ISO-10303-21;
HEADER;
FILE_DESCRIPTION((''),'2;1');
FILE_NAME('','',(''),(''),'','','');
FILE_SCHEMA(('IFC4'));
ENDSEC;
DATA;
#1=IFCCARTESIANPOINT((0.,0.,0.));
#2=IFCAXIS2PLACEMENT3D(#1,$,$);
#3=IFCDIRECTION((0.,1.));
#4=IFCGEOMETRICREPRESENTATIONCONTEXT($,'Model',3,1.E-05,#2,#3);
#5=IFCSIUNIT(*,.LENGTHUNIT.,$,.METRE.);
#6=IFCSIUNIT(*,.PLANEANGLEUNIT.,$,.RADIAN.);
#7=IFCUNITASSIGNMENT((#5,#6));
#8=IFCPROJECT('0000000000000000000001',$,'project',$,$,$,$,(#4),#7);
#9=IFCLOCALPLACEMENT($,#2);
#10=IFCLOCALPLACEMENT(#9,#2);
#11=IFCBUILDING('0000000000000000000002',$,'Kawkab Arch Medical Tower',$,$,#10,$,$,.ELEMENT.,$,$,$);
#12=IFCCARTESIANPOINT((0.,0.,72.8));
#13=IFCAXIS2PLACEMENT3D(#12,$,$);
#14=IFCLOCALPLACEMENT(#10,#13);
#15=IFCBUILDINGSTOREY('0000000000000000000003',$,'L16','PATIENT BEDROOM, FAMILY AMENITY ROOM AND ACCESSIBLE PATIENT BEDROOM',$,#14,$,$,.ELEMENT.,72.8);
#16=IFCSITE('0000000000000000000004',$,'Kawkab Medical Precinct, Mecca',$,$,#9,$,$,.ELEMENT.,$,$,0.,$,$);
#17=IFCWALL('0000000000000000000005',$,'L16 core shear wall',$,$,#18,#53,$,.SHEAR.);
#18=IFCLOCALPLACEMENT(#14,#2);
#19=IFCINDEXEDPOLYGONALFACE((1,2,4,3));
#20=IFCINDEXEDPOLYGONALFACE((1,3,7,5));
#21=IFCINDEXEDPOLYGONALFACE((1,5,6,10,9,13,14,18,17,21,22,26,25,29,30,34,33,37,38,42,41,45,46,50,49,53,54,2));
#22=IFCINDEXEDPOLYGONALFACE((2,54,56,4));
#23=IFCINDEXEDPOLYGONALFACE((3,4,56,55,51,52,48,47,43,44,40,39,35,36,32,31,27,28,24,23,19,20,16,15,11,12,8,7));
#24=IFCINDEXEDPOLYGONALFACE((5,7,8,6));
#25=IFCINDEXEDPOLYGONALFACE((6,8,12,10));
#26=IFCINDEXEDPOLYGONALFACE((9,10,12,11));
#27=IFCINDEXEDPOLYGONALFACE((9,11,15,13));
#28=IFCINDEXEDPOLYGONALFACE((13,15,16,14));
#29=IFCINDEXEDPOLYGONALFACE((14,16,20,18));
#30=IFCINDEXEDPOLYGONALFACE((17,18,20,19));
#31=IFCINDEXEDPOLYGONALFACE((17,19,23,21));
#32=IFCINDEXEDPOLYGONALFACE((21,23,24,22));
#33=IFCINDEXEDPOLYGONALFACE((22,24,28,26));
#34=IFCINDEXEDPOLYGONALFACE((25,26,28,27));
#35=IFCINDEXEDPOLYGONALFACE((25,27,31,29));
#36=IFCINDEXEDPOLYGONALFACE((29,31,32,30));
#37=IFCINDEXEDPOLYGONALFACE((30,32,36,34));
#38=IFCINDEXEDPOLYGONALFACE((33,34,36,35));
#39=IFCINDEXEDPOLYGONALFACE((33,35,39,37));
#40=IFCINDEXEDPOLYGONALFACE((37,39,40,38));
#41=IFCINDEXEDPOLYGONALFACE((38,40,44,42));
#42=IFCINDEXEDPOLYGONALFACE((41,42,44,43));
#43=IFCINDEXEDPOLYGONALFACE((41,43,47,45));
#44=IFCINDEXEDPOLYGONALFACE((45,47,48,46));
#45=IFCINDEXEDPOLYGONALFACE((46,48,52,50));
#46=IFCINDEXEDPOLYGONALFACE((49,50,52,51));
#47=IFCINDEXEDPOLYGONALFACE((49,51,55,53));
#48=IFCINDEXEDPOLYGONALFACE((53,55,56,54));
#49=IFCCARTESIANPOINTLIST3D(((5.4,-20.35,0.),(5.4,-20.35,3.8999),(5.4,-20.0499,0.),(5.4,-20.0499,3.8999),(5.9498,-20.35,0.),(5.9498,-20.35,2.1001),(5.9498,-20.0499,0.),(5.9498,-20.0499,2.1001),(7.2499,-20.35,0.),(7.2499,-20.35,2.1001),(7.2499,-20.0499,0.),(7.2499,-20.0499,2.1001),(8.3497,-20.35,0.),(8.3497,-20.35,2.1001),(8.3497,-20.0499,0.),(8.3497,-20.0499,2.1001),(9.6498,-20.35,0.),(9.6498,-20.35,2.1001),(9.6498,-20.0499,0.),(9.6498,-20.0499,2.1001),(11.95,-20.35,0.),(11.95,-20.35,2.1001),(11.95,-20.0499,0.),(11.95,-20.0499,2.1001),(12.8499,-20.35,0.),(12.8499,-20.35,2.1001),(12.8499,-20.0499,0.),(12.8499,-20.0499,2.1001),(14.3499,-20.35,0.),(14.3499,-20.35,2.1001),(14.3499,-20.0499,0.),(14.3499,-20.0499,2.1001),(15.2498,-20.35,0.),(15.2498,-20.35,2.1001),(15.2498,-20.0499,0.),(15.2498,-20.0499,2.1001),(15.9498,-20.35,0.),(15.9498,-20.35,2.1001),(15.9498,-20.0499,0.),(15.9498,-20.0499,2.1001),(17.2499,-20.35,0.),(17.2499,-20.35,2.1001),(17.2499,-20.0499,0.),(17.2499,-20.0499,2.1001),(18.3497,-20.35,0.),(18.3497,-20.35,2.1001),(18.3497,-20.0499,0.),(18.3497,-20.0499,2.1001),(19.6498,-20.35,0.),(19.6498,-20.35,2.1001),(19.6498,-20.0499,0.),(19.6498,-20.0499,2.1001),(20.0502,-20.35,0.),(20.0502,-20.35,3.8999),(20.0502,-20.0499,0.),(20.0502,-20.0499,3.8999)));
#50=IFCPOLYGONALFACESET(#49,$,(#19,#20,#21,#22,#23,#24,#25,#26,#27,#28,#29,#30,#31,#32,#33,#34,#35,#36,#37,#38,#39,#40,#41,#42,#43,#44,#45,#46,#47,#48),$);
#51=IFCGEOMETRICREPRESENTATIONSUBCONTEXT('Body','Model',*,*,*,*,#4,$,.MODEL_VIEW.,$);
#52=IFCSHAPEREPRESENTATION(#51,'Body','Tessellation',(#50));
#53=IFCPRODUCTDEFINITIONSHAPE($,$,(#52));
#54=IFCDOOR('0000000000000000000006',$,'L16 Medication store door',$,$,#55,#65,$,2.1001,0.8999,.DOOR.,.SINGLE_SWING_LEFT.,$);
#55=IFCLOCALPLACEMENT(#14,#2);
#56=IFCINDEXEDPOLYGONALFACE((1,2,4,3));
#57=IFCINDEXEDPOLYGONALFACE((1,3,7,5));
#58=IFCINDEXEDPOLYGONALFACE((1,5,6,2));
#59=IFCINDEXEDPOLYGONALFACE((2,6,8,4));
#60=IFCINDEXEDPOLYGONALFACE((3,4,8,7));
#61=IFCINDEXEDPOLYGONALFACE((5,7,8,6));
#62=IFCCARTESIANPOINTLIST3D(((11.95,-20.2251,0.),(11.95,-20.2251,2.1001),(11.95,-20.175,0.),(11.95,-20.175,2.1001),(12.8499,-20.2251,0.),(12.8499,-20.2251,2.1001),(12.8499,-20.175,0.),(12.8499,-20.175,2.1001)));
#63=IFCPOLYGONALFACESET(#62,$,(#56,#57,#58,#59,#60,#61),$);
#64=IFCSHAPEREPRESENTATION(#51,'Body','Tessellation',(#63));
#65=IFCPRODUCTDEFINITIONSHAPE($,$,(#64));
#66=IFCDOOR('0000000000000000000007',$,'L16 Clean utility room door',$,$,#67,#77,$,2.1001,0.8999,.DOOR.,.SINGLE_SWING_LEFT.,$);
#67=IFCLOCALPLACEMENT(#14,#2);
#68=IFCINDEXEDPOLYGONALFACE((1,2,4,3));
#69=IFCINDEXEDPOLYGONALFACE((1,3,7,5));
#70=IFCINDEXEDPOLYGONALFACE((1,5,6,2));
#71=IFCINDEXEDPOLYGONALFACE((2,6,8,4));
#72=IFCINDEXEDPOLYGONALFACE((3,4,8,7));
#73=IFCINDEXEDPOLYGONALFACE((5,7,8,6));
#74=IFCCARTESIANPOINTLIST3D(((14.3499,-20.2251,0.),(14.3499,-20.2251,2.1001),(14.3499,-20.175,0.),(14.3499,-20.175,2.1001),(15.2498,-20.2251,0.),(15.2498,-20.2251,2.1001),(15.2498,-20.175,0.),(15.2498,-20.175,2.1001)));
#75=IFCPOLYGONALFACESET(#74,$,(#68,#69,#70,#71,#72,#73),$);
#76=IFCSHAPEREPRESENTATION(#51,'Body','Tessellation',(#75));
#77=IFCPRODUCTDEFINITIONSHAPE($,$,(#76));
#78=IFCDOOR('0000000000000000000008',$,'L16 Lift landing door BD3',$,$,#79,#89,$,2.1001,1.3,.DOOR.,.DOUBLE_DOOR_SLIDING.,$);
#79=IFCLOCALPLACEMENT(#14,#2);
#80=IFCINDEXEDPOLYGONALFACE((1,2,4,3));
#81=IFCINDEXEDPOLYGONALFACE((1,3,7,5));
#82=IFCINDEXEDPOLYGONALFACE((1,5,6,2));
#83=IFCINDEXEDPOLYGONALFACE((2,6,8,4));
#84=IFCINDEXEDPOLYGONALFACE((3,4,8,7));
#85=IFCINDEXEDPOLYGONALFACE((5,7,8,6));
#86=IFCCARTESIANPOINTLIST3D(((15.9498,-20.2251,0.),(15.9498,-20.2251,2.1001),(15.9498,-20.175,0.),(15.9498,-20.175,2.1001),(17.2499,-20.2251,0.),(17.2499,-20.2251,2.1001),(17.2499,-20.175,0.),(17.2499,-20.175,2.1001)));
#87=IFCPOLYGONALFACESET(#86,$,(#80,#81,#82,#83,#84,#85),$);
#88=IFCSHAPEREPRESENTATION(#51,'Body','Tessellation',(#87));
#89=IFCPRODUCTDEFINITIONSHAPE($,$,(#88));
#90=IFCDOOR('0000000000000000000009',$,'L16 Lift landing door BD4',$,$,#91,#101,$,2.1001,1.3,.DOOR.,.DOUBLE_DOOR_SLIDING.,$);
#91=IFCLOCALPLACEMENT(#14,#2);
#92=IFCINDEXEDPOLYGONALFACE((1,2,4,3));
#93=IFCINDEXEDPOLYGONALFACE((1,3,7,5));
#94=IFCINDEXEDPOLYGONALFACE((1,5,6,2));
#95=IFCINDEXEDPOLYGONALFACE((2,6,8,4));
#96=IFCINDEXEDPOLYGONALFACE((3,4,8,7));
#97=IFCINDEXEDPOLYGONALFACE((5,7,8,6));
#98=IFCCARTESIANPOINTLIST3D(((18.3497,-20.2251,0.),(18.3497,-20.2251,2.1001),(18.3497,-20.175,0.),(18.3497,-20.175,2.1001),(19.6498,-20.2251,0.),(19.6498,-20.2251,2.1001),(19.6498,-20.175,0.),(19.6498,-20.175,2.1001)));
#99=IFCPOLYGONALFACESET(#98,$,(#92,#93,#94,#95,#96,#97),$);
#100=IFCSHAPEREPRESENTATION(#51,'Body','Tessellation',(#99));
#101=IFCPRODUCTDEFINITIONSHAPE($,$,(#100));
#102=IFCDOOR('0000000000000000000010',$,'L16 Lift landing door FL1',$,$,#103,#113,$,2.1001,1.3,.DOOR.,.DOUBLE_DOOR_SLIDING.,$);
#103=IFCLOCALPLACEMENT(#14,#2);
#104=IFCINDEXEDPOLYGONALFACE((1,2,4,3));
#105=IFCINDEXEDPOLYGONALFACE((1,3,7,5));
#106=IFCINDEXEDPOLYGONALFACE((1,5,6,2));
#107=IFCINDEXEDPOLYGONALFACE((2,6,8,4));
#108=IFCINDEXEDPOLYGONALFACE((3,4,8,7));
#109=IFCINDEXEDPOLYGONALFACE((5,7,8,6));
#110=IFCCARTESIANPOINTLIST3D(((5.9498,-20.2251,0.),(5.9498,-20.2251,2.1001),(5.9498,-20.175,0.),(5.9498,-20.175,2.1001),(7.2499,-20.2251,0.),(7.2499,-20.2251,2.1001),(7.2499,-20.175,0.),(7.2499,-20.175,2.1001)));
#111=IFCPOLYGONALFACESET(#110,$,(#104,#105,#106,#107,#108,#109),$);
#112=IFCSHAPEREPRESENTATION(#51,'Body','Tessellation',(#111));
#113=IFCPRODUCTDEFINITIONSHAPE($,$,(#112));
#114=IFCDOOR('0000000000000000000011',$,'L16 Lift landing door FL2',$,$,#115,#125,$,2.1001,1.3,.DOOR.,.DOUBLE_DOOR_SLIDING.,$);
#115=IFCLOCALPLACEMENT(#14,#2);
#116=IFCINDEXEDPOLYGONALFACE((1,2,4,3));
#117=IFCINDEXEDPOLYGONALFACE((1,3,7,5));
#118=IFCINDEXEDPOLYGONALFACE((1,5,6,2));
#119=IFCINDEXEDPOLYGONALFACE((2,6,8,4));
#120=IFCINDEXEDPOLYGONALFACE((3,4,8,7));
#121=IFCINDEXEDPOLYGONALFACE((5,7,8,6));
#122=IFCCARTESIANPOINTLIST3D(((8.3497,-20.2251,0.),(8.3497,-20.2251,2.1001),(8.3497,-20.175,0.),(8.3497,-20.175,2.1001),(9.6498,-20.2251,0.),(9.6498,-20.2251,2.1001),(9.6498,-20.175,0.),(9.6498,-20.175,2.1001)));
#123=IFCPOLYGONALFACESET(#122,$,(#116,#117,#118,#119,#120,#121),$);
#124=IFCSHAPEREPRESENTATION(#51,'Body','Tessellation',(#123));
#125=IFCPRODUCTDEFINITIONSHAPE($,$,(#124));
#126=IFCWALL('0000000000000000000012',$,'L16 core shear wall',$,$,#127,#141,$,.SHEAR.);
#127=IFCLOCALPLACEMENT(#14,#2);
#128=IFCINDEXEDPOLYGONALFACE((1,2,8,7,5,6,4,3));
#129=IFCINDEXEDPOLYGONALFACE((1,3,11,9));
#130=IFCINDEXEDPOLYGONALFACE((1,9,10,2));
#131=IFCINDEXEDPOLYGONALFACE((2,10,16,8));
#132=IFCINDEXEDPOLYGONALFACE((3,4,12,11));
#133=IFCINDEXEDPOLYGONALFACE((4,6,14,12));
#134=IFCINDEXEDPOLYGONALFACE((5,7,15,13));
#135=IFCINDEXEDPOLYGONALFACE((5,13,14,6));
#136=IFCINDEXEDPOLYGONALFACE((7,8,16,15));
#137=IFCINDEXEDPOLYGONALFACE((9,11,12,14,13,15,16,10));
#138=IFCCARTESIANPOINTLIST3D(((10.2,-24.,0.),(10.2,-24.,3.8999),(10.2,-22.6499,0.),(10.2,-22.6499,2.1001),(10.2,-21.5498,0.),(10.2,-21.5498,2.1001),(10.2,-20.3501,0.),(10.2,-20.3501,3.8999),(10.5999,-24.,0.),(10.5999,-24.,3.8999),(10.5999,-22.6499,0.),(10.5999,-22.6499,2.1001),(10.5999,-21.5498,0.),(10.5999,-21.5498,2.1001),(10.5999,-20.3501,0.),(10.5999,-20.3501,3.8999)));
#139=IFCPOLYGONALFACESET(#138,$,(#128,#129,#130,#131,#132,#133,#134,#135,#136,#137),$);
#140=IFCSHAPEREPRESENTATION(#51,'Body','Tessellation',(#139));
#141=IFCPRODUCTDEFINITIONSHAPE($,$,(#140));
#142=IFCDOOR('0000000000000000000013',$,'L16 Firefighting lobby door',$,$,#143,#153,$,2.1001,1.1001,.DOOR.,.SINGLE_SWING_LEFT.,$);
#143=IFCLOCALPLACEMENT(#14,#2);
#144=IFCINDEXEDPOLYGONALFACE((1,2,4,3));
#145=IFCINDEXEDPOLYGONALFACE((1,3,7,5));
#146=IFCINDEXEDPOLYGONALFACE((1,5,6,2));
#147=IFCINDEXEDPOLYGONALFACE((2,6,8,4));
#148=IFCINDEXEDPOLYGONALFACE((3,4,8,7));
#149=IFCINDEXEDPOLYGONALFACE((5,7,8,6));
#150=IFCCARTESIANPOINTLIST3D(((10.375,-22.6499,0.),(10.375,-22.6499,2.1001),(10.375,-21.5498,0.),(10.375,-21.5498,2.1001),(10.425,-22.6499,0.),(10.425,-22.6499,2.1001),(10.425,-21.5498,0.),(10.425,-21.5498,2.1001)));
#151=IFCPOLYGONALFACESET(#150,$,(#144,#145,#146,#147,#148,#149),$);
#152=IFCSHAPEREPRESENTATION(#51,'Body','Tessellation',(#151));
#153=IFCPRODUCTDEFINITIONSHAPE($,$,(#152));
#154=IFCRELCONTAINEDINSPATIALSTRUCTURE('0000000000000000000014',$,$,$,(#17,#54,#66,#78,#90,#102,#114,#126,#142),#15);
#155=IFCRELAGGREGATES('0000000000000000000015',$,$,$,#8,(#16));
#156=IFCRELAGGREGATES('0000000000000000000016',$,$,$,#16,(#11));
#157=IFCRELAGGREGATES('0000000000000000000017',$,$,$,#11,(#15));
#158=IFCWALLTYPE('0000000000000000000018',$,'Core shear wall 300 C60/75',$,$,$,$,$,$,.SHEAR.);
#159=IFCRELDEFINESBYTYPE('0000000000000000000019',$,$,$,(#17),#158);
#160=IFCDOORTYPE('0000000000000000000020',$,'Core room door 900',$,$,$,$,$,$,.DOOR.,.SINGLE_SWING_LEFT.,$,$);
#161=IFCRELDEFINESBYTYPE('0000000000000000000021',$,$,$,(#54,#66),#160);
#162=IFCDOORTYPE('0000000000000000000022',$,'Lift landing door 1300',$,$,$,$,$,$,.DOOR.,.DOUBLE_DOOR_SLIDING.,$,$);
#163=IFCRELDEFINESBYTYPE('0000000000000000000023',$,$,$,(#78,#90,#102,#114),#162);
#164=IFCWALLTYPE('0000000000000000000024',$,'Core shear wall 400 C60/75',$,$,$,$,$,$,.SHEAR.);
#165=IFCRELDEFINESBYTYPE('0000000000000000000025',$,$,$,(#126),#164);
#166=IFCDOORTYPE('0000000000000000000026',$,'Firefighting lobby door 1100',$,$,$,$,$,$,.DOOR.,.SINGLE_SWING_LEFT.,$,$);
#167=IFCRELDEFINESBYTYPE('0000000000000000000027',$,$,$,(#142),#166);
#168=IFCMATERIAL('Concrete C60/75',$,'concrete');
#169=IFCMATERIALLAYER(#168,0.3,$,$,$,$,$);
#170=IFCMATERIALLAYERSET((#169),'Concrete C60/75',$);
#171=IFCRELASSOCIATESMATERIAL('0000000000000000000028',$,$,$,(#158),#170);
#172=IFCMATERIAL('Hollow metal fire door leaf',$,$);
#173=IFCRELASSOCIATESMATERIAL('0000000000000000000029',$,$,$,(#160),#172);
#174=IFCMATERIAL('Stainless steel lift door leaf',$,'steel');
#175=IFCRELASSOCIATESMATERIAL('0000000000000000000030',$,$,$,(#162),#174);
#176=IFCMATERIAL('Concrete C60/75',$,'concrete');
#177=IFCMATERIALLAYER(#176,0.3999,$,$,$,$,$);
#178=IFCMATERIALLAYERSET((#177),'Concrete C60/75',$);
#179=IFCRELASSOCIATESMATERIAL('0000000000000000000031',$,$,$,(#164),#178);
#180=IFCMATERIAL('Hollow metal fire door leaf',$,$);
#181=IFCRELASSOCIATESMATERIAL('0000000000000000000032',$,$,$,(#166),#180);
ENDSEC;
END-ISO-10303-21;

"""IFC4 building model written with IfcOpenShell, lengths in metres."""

from ifc_helpers import new_model, si_unit, direction, frame, frame_2d, origin, place, context, subcontext, project, spatial, rectangle, extrude, material, layer, layer_set, type_object, element, fill, save


model = new_model("IFC4")

# Units and contexts
model_context = context("Model", 3, precision=1e-05, world=origin(), true_north=direction((0.0, 1.0)))
body_context = subcontext(model_context, "Body", "Model", "MODEL_VIEW")
ifc_project = project(units=[si_unit("LENGTHUNIT", "METRE"), si_unit("PLANEANGLEUNIT", "RADIAN")], contexts=[model_context])

# Site, building, storey
site_placement = place(None, origin())
site = spatial("IfcSite", under=ifc_project, at=site_placement, Name="Kawkab Medical Precinct, Mecca", CompositionType="ELEMENT", RefElevation=0.0)
building_placement = place(site_placement, origin())
building = spatial("IfcBuilding", under=site, at=building_placement, Name="Kawkab Arch Medical Tower", CompositionType="ELEMENT")
storey_placement = place(building_placement, frame((0.0, 0.0, 72.8)))
storey = spatial("IfcBuildingStorey", under=building, at=storey_placement, Name="L16", Description="PATIENT BEDROOM, FAMILY AMENITY ROOM AND ACCESSIBLE PATIENT BEDROOM", CompositionType="ELEMENT", Elevation=72.8)

# Wall, openings, doors
ifc_material_1 = material(Name="Concrete C60/75", Category="concrete")
ifc_layer_1 = layer(ifc_material_1, 0.3)
ifc_layer_set_1 = layer_set([ifc_layer_1], Name="Concrete C60/75")
wall_type_1 = type_object("IfcWallType", Name="Core shear wall 300 C60/75", PredefinedType="SHEAR", material=ifc_layer_set_1)
wall_1_placement = place(storey_placement, frame((5.3999, -20.2, 0.0), z_axis=(0.0, 0.0, 1.0), x_axis=(1.0, 0.0, 0.0)))
wall_1 = element("IfcWall", 1, at=wall_1_placement, inside=storey, type_object=wall_type_1, Name="L16 core shear wall", PredefinedType="SHEAR", context=body_context, shape_type="SweptSolid", body=[
    extrude(rectangle(XDim=14.6501, YDim=0.3, at=frame_2d((7.3252, 0.0))), origin(), (0.0, 0.0, 1.0), 3.8999),
])
opening_1_placement = place(wall_1_placement, frame((10.55, 0.0, 0.0)))
opening_1 = element("IfcOpeningElement", 2, at=opening_1_placement, cuts=wall_1, PredefinedType="OPENING", context=body_context, shape_type="SweptSolid", body=[
    extrude(rectangle(XDim=1.3, YDim=2.1001, at=frame_2d((0.6499, 1.05))), frame((0.0, 0.1599, 0.0), z_axis=(0.0, -1.0, 0.0), x_axis=(1.0, 0.0, 0.0)), (0.0, 0.0, 1.0), 0.3201),
])
opening_2_placement = place(wall_1_placement, frame((12.95, 0.0, 0.0)))
opening_2 = element("IfcOpeningElement", 3, at=opening_2_placement, cuts=wall_1, PredefinedType="OPENING", context=body_context, shape_type="SweptSolid", body=[
    extrude(rectangle(XDim=1.3, YDim=2.1001, at=frame_2d((0.6499, 1.05))), frame((0.0, 0.1599, 0.0), z_axis=(0.0, -1.0, 0.0), x_axis=(1.0, 0.0, 0.0)), (0.0, 0.0, 1.0), 0.3201),
])
opening_3_placement = place(wall_1_placement, frame((0.55, 0.0, 0.0)))
opening_3 = element("IfcOpeningElement", 4, at=opening_3_placement, cuts=wall_1, PredefinedType="OPENING", context=body_context, shape_type="SweptSolid", body=[
    extrude(rectangle(XDim=1.3, YDim=2.1001, at=frame_2d((0.6499, 1.05))), frame((0.0, 0.1599, 0.0), z_axis=(0.0, -1.0, 0.0), x_axis=(1.0, 0.0, 0.0)), (0.0, 0.0, 1.0), 0.3201),
])
opening_4_placement = place(wall_1_placement, frame((2.95, 0.0, 0.0)))
opening_4 = element("IfcOpeningElement", 5, at=opening_4_placement, cuts=wall_1, PredefinedType="OPENING", context=body_context, shape_type="SweptSolid", body=[
    extrude(rectangle(XDim=1.3, YDim=2.1001, at=frame_2d((0.6499, 1.05))), frame((0.0, 0.1599, 0.0), z_axis=(0.0, -1.0, 0.0), x_axis=(1.0, 0.0, 0.0)), (0.0, 0.0, 1.0), 0.3201),
])
opening_5_placement = place(wall_1_placement, frame((6.55, 0.0, 0.0)))
opening_5 = element("IfcOpeningElement", 6, at=opening_5_placement, cuts=wall_1, PredefinedType="OPENING", context=body_context, shape_type="SweptSolid", body=[
    extrude(rectangle(XDim=0.8999, YDim=2.1001, at=frame_2d((0.45, 1.05))), frame((0.0, 0.1599, 0.0), z_axis=(0.0, -1.0, 0.0), x_axis=(1.0, 0.0, 0.0)), (0.0, 0.0, 1.0), 0.3201),
])
opening_6_placement = place(wall_1_placement, frame((8.95, 0.0, 0.0)))
opening_6 = element("IfcOpeningElement", 7, at=opening_6_placement, cuts=wall_1, PredefinedType="OPENING", context=body_context, shape_type="SweptSolid", body=[
    extrude(rectangle(XDim=0.8999, YDim=2.1001, at=frame_2d((0.45, 1.05))), frame((0.0, 0.1599, 0.0), z_axis=(0.0, -1.0, 0.0), x_axis=(1.0, 0.0, 0.0)), (0.0, 0.0, 1.0), 0.3201),
])
ifc_material_2 = material(Name="Hollow metal fire door leaf")
door_type_1 = type_object("IfcDoorType", Name="Core room door 900", OperationType="SINGLE_SWING_LEFT", PredefinedType="DOOR", material=ifc_material_2)
door_1_placement = place(opening_5_placement, origin())
door_1 = element("IfcDoor", 8, at=door_1_placement, inside=storey, type_object=door_type_1, Name="L16 Medication store door", OperationType="SINGLE_SWING_LEFT", OverallHeight=2.1001, OverallWidth=0.8999, PredefinedType="DOOR", context=body_context, shape_type="SweptSolid", body=[
    extrude(rectangle(XDim=0.8999, YDim=2.1001, at=frame_2d((0.45, 1.05))), frame((0.0, 0.0249, 0.0), z_axis=(0.0, -1.0, 0.0), x_axis=(1.0, 0.0, 0.0)), (0.0, 0.0, 1.0), 0.05),
])
fill(opening_5, door_1)
door_2_placement = place(opening_6_placement, origin())
door_2 = element("IfcDoor", 9, at=door_2_placement, inside=storey, type_object=door_type_1, Name="L16 Clean utility room door", OperationType="SINGLE_SWING_LEFT", OverallHeight=2.1001, OverallWidth=0.8999, PredefinedType="DOOR", context=body_context, shape_type="SweptSolid", body=[
    extrude(rectangle(XDim=0.8999, YDim=2.1001, at=frame_2d((0.45, 1.05))), frame((0.0, 0.0249, 0.0), z_axis=(0.0, -1.0, 0.0), x_axis=(1.0, 0.0, 0.0)), (0.0, 0.0, 1.0), 0.05),
])
fill(opening_6, door_2)
ifc_material_3 = material(Name="Stainless steel lift door leaf", Category="steel")
door_type_2 = type_object("IfcDoorType", Name="Lift landing door 1300", OperationType="DOUBLE_DOOR_SLIDING", PredefinedType="DOOR", material=ifc_material_3)
door_3_placement = place(opening_1_placement, origin())
door_3 = element("IfcDoor", 10, at=door_3_placement, inside=storey, type_object=door_type_2, Name="L16 Lift landing door BD3", OperationType="DOUBLE_DOOR_SLIDING", OverallHeight=2.1001, OverallWidth=1.3, PredefinedType="DOOR", context=body_context, shape_type="SweptSolid", body=[
    extrude(rectangle(XDim=1.3, YDim=2.1001, at=frame_2d((0.6499, 1.05))), frame((0.0, 0.0249, 0.0), z_axis=(0.0, -1.0, 0.0), x_axis=(1.0, 0.0, 0.0)), (0.0, 0.0, 1.0), 0.05),
])
fill(opening_1, door_3)
door_4_placement = place(opening_2_placement, origin())
door_4 = element("IfcDoor", 11, at=door_4_placement, inside=storey, type_object=door_type_2, Name="L16 Lift landing door BD4", OperationType="DOUBLE_DOOR_SLIDING", OverallHeight=2.1001, OverallWidth=1.3, PredefinedType="DOOR", context=body_context, shape_type="SweptSolid", body=[
    extrude(rectangle(XDim=1.3, YDim=2.1001, at=frame_2d((0.6499, 1.05))), frame((0.0, 0.0249, 0.0), z_axis=(0.0, -1.0, 0.0), x_axis=(1.0, 0.0, 0.0)), (0.0, 0.0, 1.0), 0.05),
])
fill(opening_2, door_4)
door_5_placement = place(opening_3_placement, origin())
door_5 = element("IfcDoor", 12, at=door_5_placement, inside=storey, type_object=door_type_2, Name="L16 Lift landing door FL1", OperationType="DOUBLE_DOOR_SLIDING", OverallHeight=2.1001, OverallWidth=1.3, PredefinedType="DOOR", context=body_context, shape_type="SweptSolid", body=[
    extrude(rectangle(XDim=1.3, YDim=2.1001, at=frame_2d((0.6499, 1.05))), frame((0.0, 0.0249, 0.0), z_axis=(0.0, -1.0, 0.0), x_axis=(1.0, 0.0, 0.0)), (0.0, 0.0, 1.0), 0.05),
])
fill(opening_3, door_5)
door_6_placement = place(opening_4_placement, origin())
door_6 = element("IfcDoor", 13, at=door_6_placement, inside=storey, type_object=door_type_2, Name="L16 Lift landing door FL2", OperationType="DOUBLE_DOOR_SLIDING", OverallHeight=2.1001, OverallWidth=1.3, PredefinedType="DOOR", context=body_context, shape_type="SweptSolid", body=[
    extrude(rectangle(XDim=1.3, YDim=2.1001, at=frame_2d((0.6499, 1.05))), frame((0.0, 0.0249, 0.0), z_axis=(0.0, -1.0, 0.0), x_axis=(1.0, 0.0, 0.0)), (0.0, 0.0, 1.0), 0.05),
])
fill(opening_4, door_6)

# Wall, opening, door
ifc_material_4 = material(Name="Concrete C60/75", Category="concrete")
ifc_layer_2 = layer(ifc_material_4, 0.3999)
ifc_layer_set_2 = layer_set([ifc_layer_2], Name="Concrete C60/75")
wall_type_2 = type_object("IfcWallType", Name="Core shear wall 400 C60/75", PredefinedType="SHEAR", material=ifc_layer_set_2)
wall_2_placement = place(storey_placement, frame((10.3999, -24.0, 0.0), z_axis=(0.0, 0.0, 1.0), x_axis=(0.0, 1.0, 0.0)))
wall_2 = element("IfcWall", 14, at=wall_2_placement, inside=storey, type_object=wall_type_2, Name="L16 core shear wall", PredefinedType="SHEAR", context=body_context, shape_type="SweptSolid", body=[
    extrude(rectangle(XDim=3.6499, YDim=0.3999, at=frame_2d((1.825, 0.0))), origin(), (0.0, 0.0, 1.0), 3.8999),
])
opening_7_placement = place(wall_2_placement, frame((1.3501, 0.0, 0.0)))
opening_7 = element("IfcOpeningElement", 15, at=opening_7_placement, cuts=wall_2, PredefinedType="OPENING", context=body_context, shape_type="SweptSolid", body=[
    extrude(rectangle(XDim=1.1001, YDim=2.1001, at=frame_2d((0.55, 1.05))), frame((0.0, 0.21, 0.0), z_axis=(0.0, -1.0, 0.0), x_axis=(1.0, 0.0, 0.0)), (0.0, 0.0, 1.0), 0.4199),
])
ifc_material_5 = material(Name="Hollow metal fire door leaf")
door_type_3 = type_object("IfcDoorType", Name="Firefighting lobby door 1100", OperationType="SINGLE_SWING_LEFT", PredefinedType="DOOR", material=ifc_material_5)
door_7_placement = place(opening_7_placement, origin())
door_7 = element("IfcDoor", 16, at=door_7_placement, inside=storey, type_object=door_type_3, Name="L16 Firefighting lobby door", OperationType="SINGLE_SWING_LEFT", OverallHeight=2.1001, OverallWidth=1.1001, PredefinedType="DOOR", context=body_context, shape_type="SweptSolid", body=[
    extrude(rectangle(XDim=1.1001, YDim=2.1001, at=frame_2d((0.55, 1.05))), frame((0.0, 0.0249, 0.0), z_axis=(0.0, -1.0, 0.0), x_axis=(1.0, 0.0, 0.0)), (0.0, 0.0, 1.0), 0.05),
])
fill(opening_7, door_7)

save(model, "model.ifc")
